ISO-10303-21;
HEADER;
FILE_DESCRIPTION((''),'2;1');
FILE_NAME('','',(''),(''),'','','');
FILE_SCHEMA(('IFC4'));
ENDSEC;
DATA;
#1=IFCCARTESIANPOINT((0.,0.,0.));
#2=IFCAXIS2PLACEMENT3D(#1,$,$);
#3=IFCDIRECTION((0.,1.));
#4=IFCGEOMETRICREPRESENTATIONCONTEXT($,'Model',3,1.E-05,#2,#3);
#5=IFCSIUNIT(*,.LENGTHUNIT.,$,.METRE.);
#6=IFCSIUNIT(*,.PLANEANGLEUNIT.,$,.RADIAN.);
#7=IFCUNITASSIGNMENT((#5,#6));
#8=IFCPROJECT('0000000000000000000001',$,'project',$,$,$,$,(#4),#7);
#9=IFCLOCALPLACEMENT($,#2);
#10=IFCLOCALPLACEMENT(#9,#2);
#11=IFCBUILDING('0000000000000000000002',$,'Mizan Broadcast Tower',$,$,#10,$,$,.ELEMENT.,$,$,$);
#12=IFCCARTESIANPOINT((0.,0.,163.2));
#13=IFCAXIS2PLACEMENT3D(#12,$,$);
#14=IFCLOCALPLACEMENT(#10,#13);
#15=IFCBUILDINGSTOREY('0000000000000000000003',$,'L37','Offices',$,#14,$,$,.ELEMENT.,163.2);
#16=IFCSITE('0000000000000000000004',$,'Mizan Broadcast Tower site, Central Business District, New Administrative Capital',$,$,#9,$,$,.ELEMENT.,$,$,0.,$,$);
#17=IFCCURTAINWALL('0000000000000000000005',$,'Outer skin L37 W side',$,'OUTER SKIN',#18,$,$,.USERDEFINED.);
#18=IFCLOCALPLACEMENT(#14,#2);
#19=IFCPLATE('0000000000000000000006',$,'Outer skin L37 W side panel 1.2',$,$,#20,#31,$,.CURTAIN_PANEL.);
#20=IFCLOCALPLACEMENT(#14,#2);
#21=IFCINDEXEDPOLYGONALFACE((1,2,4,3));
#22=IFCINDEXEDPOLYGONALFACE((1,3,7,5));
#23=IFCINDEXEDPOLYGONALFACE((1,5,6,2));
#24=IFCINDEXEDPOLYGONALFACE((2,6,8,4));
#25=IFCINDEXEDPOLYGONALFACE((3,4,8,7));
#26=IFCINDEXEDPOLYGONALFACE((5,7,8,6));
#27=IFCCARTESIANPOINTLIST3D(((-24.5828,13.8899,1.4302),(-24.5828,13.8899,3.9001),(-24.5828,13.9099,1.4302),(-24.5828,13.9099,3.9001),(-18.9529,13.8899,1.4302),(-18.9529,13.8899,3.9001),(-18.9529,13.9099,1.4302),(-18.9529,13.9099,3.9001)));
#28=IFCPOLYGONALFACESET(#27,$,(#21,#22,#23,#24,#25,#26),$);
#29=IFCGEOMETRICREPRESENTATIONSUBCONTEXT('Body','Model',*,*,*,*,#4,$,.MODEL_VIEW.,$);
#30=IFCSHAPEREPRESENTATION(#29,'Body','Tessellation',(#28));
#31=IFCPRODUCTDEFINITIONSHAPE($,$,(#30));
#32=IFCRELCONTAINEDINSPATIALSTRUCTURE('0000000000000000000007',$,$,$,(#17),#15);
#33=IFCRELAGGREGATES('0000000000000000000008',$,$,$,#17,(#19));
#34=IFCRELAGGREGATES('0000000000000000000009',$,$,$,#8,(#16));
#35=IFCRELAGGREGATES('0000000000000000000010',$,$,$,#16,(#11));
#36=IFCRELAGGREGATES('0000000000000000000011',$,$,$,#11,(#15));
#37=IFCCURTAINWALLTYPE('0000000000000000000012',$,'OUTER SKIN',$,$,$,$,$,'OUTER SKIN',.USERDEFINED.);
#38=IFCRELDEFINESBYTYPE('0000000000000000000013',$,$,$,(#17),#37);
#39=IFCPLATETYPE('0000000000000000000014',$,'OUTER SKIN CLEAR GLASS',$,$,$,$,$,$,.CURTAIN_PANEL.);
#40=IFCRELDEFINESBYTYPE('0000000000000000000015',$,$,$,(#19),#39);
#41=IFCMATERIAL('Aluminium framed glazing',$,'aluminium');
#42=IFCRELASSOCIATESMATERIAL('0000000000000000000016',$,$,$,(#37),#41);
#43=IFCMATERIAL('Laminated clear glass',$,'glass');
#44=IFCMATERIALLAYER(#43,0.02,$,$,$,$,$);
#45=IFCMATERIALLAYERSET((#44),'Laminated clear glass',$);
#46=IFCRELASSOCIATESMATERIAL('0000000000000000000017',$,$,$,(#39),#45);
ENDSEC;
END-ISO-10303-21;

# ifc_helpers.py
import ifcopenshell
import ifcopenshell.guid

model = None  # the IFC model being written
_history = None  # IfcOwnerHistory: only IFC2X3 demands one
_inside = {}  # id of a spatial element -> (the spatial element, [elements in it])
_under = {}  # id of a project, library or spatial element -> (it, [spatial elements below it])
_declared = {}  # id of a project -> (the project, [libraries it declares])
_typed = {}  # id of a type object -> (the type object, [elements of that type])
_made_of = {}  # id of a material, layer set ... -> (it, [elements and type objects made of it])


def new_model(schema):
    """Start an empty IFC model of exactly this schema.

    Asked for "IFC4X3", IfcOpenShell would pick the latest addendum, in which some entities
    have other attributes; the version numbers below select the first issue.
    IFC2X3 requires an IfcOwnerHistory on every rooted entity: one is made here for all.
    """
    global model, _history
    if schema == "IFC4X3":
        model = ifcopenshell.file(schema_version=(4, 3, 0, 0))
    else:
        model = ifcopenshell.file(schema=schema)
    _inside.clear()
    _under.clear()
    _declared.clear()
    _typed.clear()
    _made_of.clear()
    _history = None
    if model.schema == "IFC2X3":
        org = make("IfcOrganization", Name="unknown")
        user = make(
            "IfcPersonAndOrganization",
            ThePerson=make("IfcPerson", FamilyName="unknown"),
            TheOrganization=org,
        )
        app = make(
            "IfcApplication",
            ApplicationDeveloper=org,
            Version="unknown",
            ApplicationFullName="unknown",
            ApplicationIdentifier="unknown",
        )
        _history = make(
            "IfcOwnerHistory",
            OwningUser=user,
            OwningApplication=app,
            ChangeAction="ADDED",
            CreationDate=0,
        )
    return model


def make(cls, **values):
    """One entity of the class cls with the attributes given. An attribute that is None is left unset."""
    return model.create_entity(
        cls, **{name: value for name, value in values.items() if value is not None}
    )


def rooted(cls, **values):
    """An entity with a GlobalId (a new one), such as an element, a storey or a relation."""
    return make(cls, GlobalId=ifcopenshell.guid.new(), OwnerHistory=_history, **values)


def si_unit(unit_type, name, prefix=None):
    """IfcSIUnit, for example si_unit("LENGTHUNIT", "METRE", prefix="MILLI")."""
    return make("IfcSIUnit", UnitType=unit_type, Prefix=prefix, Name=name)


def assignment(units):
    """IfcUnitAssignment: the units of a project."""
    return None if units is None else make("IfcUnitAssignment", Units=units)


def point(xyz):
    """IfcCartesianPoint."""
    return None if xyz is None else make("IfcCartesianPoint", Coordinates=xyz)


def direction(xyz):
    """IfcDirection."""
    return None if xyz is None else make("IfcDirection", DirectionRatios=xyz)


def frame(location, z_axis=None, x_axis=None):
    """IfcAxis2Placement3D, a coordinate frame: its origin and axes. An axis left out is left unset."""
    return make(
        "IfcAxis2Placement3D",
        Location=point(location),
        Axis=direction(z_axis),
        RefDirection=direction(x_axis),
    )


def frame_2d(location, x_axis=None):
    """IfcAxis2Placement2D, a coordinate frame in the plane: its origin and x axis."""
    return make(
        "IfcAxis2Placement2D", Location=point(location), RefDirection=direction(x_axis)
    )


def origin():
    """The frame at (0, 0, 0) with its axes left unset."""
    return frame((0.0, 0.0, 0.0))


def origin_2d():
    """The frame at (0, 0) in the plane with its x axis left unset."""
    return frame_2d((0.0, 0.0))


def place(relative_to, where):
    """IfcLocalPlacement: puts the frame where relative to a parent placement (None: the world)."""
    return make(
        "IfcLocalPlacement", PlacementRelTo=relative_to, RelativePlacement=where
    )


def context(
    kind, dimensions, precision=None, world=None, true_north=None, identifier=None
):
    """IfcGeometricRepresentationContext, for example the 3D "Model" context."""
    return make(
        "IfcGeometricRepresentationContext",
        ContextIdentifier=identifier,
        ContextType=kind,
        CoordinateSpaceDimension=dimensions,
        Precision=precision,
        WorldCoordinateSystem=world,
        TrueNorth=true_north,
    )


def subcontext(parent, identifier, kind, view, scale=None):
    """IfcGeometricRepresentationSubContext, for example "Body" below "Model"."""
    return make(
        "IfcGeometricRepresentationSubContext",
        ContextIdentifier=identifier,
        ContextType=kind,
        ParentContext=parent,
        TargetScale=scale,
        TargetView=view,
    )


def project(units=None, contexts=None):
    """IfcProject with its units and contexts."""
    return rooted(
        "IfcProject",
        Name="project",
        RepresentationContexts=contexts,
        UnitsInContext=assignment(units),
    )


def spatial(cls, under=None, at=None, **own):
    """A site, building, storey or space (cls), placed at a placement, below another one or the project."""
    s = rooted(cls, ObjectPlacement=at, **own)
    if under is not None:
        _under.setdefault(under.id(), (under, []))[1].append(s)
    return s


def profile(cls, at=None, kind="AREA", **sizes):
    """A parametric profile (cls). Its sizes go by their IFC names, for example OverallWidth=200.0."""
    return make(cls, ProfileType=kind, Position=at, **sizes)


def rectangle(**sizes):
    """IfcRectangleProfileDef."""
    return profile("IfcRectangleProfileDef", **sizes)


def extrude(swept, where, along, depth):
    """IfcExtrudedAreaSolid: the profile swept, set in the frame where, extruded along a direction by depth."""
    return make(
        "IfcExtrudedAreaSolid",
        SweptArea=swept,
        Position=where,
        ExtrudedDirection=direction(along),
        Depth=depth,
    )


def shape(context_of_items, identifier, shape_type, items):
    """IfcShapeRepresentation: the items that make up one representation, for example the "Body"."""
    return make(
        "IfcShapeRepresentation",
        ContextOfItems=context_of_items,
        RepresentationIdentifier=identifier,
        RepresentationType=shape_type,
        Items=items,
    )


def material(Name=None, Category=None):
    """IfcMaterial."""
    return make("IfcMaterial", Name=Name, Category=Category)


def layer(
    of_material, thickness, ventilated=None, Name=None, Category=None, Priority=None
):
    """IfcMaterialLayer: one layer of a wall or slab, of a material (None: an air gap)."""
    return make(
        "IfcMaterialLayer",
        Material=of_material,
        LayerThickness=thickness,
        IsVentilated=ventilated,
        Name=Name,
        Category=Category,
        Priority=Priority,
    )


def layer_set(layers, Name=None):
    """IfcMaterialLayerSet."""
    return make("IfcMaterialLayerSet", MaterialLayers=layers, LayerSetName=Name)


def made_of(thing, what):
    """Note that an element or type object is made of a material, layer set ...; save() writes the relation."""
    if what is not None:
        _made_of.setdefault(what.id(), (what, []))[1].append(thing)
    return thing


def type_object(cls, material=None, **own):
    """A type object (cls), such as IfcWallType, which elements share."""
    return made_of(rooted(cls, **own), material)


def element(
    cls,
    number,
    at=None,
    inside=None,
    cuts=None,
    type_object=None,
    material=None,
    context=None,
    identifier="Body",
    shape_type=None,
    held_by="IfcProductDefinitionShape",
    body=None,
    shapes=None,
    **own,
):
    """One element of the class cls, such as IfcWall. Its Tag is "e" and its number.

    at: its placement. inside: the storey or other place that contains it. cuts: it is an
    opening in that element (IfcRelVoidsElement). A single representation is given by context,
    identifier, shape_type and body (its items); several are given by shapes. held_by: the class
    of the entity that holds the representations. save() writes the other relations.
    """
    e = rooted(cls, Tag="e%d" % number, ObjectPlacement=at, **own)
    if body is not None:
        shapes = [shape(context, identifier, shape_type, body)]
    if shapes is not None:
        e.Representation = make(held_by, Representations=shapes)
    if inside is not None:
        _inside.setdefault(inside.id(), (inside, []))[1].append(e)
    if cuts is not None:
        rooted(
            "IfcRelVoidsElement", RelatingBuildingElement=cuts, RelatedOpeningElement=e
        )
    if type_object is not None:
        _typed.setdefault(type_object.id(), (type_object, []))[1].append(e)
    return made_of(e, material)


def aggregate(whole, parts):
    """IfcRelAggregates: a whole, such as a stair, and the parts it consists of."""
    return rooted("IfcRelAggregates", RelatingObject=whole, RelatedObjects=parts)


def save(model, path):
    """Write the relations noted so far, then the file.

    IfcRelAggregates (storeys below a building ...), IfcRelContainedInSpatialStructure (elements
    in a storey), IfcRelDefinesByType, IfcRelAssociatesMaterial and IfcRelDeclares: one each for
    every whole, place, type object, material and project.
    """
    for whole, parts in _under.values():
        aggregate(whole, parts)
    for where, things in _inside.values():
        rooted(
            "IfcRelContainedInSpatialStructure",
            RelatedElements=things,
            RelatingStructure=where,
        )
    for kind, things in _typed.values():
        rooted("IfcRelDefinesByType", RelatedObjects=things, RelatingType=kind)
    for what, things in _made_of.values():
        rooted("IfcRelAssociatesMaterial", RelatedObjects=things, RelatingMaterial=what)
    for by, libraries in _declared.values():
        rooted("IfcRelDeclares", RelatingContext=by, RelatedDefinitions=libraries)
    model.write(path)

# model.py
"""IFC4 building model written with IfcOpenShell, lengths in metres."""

from ifc_helpers import new_model, si_unit, direction, frame, origin, origin_2d, place, context, subcontext, project, spatial, rectangle, extrude, material, layer, layer_set, type_object, element, aggregate, save


model = new_model("IFC4")

# Units and contexts
model_context = context("Model", 3, precision=1e-05, world=origin(), true_north=direction((0.0, 1.0)))
body_context = subcontext(model_context, "Body", "Model", "MODEL_VIEW")
ifc_project = project(units=[si_unit("LENGTHUNIT", "METRE"), si_unit("PLANEANGLEUNIT", "RADIAN")], contexts=[model_context])

# Site, building, storey
site_placement = place(None, origin())
site = spatial("IfcSite", under=ifc_project, at=site_placement, Name="Mizan Broadcast Tower site, Central Business District, New Administrative Capital", CompositionType="ELEMENT", RefElevation=0.0)
building_placement = place(site_placement, origin())
building = spatial("IfcBuilding", under=site, at=building_placement, Name="Mizan Broadcast Tower", CompositionType="ELEMENT")
storey_placement = place(building_placement, frame((0.0, 0.0, 163.2)))
storey = spatial("IfcBuildingStorey", under=building, at=storey_placement, Name="L37", Description="Offices", CompositionType="ELEMENT", Elevation=163.2)

# Curtain wall
ifc_material_1 = material(Name="Aluminium framed glazing", Category="aluminium")
curtain_wall_type_1 = type_object("IfcCurtainWallType", Name="OUTER SKIN", ElementType="OUTER SKIN", PredefinedType="USERDEFINED", material=ifc_material_1)
curtain_wall_1_placement = place(storey_placement, origin())
curtain_wall_1 = element("IfcCurtainWall", 1, at=curtain_wall_1_placement, inside=storey, type_object=curtain_wall_type_1, Name="Outer skin L37 W side", ObjectType="OUTER SKIN", PredefinedType="USERDEFINED")

# Plate
ifc_material_2 = material(Name="Laminated clear glass", Category="glass")
ifc_layer = layer(ifc_material_2, 0.02)
ifc_layer_set = layer_set([ifc_layer], Name="Laminated clear glass")
plate_type = type_object("IfcPlateType", Name="OUTER SKIN CLEAR GLASS", PredefinedType="CURTAIN_PANEL", material=ifc_layer_set)
plate_1_placement = place(storey_placement, frame((-21.7678, 13.8999, 1.4302), z_axis=(0.0, 0.0, 1.0), x_axis=(-1.0, 0.0, 0.0)))
plate_1 = element("IfcPlate", 2, at=plate_1_placement, type_object=plate_type, Name="Outer skin L37 W side panel 1.2", PredefinedType="CURTAIN_PANEL", context=body_context, shape_type="SweptSolid", body=[
    extrude(rectangle(XDim=5.6299, YDim=0.02, at=origin_2d()), origin(), (0.0, 0.0, 1.0), 2.47),
])
aggregate(curtain_wall_1, [plate_1])

save(model, "model.ifc")
